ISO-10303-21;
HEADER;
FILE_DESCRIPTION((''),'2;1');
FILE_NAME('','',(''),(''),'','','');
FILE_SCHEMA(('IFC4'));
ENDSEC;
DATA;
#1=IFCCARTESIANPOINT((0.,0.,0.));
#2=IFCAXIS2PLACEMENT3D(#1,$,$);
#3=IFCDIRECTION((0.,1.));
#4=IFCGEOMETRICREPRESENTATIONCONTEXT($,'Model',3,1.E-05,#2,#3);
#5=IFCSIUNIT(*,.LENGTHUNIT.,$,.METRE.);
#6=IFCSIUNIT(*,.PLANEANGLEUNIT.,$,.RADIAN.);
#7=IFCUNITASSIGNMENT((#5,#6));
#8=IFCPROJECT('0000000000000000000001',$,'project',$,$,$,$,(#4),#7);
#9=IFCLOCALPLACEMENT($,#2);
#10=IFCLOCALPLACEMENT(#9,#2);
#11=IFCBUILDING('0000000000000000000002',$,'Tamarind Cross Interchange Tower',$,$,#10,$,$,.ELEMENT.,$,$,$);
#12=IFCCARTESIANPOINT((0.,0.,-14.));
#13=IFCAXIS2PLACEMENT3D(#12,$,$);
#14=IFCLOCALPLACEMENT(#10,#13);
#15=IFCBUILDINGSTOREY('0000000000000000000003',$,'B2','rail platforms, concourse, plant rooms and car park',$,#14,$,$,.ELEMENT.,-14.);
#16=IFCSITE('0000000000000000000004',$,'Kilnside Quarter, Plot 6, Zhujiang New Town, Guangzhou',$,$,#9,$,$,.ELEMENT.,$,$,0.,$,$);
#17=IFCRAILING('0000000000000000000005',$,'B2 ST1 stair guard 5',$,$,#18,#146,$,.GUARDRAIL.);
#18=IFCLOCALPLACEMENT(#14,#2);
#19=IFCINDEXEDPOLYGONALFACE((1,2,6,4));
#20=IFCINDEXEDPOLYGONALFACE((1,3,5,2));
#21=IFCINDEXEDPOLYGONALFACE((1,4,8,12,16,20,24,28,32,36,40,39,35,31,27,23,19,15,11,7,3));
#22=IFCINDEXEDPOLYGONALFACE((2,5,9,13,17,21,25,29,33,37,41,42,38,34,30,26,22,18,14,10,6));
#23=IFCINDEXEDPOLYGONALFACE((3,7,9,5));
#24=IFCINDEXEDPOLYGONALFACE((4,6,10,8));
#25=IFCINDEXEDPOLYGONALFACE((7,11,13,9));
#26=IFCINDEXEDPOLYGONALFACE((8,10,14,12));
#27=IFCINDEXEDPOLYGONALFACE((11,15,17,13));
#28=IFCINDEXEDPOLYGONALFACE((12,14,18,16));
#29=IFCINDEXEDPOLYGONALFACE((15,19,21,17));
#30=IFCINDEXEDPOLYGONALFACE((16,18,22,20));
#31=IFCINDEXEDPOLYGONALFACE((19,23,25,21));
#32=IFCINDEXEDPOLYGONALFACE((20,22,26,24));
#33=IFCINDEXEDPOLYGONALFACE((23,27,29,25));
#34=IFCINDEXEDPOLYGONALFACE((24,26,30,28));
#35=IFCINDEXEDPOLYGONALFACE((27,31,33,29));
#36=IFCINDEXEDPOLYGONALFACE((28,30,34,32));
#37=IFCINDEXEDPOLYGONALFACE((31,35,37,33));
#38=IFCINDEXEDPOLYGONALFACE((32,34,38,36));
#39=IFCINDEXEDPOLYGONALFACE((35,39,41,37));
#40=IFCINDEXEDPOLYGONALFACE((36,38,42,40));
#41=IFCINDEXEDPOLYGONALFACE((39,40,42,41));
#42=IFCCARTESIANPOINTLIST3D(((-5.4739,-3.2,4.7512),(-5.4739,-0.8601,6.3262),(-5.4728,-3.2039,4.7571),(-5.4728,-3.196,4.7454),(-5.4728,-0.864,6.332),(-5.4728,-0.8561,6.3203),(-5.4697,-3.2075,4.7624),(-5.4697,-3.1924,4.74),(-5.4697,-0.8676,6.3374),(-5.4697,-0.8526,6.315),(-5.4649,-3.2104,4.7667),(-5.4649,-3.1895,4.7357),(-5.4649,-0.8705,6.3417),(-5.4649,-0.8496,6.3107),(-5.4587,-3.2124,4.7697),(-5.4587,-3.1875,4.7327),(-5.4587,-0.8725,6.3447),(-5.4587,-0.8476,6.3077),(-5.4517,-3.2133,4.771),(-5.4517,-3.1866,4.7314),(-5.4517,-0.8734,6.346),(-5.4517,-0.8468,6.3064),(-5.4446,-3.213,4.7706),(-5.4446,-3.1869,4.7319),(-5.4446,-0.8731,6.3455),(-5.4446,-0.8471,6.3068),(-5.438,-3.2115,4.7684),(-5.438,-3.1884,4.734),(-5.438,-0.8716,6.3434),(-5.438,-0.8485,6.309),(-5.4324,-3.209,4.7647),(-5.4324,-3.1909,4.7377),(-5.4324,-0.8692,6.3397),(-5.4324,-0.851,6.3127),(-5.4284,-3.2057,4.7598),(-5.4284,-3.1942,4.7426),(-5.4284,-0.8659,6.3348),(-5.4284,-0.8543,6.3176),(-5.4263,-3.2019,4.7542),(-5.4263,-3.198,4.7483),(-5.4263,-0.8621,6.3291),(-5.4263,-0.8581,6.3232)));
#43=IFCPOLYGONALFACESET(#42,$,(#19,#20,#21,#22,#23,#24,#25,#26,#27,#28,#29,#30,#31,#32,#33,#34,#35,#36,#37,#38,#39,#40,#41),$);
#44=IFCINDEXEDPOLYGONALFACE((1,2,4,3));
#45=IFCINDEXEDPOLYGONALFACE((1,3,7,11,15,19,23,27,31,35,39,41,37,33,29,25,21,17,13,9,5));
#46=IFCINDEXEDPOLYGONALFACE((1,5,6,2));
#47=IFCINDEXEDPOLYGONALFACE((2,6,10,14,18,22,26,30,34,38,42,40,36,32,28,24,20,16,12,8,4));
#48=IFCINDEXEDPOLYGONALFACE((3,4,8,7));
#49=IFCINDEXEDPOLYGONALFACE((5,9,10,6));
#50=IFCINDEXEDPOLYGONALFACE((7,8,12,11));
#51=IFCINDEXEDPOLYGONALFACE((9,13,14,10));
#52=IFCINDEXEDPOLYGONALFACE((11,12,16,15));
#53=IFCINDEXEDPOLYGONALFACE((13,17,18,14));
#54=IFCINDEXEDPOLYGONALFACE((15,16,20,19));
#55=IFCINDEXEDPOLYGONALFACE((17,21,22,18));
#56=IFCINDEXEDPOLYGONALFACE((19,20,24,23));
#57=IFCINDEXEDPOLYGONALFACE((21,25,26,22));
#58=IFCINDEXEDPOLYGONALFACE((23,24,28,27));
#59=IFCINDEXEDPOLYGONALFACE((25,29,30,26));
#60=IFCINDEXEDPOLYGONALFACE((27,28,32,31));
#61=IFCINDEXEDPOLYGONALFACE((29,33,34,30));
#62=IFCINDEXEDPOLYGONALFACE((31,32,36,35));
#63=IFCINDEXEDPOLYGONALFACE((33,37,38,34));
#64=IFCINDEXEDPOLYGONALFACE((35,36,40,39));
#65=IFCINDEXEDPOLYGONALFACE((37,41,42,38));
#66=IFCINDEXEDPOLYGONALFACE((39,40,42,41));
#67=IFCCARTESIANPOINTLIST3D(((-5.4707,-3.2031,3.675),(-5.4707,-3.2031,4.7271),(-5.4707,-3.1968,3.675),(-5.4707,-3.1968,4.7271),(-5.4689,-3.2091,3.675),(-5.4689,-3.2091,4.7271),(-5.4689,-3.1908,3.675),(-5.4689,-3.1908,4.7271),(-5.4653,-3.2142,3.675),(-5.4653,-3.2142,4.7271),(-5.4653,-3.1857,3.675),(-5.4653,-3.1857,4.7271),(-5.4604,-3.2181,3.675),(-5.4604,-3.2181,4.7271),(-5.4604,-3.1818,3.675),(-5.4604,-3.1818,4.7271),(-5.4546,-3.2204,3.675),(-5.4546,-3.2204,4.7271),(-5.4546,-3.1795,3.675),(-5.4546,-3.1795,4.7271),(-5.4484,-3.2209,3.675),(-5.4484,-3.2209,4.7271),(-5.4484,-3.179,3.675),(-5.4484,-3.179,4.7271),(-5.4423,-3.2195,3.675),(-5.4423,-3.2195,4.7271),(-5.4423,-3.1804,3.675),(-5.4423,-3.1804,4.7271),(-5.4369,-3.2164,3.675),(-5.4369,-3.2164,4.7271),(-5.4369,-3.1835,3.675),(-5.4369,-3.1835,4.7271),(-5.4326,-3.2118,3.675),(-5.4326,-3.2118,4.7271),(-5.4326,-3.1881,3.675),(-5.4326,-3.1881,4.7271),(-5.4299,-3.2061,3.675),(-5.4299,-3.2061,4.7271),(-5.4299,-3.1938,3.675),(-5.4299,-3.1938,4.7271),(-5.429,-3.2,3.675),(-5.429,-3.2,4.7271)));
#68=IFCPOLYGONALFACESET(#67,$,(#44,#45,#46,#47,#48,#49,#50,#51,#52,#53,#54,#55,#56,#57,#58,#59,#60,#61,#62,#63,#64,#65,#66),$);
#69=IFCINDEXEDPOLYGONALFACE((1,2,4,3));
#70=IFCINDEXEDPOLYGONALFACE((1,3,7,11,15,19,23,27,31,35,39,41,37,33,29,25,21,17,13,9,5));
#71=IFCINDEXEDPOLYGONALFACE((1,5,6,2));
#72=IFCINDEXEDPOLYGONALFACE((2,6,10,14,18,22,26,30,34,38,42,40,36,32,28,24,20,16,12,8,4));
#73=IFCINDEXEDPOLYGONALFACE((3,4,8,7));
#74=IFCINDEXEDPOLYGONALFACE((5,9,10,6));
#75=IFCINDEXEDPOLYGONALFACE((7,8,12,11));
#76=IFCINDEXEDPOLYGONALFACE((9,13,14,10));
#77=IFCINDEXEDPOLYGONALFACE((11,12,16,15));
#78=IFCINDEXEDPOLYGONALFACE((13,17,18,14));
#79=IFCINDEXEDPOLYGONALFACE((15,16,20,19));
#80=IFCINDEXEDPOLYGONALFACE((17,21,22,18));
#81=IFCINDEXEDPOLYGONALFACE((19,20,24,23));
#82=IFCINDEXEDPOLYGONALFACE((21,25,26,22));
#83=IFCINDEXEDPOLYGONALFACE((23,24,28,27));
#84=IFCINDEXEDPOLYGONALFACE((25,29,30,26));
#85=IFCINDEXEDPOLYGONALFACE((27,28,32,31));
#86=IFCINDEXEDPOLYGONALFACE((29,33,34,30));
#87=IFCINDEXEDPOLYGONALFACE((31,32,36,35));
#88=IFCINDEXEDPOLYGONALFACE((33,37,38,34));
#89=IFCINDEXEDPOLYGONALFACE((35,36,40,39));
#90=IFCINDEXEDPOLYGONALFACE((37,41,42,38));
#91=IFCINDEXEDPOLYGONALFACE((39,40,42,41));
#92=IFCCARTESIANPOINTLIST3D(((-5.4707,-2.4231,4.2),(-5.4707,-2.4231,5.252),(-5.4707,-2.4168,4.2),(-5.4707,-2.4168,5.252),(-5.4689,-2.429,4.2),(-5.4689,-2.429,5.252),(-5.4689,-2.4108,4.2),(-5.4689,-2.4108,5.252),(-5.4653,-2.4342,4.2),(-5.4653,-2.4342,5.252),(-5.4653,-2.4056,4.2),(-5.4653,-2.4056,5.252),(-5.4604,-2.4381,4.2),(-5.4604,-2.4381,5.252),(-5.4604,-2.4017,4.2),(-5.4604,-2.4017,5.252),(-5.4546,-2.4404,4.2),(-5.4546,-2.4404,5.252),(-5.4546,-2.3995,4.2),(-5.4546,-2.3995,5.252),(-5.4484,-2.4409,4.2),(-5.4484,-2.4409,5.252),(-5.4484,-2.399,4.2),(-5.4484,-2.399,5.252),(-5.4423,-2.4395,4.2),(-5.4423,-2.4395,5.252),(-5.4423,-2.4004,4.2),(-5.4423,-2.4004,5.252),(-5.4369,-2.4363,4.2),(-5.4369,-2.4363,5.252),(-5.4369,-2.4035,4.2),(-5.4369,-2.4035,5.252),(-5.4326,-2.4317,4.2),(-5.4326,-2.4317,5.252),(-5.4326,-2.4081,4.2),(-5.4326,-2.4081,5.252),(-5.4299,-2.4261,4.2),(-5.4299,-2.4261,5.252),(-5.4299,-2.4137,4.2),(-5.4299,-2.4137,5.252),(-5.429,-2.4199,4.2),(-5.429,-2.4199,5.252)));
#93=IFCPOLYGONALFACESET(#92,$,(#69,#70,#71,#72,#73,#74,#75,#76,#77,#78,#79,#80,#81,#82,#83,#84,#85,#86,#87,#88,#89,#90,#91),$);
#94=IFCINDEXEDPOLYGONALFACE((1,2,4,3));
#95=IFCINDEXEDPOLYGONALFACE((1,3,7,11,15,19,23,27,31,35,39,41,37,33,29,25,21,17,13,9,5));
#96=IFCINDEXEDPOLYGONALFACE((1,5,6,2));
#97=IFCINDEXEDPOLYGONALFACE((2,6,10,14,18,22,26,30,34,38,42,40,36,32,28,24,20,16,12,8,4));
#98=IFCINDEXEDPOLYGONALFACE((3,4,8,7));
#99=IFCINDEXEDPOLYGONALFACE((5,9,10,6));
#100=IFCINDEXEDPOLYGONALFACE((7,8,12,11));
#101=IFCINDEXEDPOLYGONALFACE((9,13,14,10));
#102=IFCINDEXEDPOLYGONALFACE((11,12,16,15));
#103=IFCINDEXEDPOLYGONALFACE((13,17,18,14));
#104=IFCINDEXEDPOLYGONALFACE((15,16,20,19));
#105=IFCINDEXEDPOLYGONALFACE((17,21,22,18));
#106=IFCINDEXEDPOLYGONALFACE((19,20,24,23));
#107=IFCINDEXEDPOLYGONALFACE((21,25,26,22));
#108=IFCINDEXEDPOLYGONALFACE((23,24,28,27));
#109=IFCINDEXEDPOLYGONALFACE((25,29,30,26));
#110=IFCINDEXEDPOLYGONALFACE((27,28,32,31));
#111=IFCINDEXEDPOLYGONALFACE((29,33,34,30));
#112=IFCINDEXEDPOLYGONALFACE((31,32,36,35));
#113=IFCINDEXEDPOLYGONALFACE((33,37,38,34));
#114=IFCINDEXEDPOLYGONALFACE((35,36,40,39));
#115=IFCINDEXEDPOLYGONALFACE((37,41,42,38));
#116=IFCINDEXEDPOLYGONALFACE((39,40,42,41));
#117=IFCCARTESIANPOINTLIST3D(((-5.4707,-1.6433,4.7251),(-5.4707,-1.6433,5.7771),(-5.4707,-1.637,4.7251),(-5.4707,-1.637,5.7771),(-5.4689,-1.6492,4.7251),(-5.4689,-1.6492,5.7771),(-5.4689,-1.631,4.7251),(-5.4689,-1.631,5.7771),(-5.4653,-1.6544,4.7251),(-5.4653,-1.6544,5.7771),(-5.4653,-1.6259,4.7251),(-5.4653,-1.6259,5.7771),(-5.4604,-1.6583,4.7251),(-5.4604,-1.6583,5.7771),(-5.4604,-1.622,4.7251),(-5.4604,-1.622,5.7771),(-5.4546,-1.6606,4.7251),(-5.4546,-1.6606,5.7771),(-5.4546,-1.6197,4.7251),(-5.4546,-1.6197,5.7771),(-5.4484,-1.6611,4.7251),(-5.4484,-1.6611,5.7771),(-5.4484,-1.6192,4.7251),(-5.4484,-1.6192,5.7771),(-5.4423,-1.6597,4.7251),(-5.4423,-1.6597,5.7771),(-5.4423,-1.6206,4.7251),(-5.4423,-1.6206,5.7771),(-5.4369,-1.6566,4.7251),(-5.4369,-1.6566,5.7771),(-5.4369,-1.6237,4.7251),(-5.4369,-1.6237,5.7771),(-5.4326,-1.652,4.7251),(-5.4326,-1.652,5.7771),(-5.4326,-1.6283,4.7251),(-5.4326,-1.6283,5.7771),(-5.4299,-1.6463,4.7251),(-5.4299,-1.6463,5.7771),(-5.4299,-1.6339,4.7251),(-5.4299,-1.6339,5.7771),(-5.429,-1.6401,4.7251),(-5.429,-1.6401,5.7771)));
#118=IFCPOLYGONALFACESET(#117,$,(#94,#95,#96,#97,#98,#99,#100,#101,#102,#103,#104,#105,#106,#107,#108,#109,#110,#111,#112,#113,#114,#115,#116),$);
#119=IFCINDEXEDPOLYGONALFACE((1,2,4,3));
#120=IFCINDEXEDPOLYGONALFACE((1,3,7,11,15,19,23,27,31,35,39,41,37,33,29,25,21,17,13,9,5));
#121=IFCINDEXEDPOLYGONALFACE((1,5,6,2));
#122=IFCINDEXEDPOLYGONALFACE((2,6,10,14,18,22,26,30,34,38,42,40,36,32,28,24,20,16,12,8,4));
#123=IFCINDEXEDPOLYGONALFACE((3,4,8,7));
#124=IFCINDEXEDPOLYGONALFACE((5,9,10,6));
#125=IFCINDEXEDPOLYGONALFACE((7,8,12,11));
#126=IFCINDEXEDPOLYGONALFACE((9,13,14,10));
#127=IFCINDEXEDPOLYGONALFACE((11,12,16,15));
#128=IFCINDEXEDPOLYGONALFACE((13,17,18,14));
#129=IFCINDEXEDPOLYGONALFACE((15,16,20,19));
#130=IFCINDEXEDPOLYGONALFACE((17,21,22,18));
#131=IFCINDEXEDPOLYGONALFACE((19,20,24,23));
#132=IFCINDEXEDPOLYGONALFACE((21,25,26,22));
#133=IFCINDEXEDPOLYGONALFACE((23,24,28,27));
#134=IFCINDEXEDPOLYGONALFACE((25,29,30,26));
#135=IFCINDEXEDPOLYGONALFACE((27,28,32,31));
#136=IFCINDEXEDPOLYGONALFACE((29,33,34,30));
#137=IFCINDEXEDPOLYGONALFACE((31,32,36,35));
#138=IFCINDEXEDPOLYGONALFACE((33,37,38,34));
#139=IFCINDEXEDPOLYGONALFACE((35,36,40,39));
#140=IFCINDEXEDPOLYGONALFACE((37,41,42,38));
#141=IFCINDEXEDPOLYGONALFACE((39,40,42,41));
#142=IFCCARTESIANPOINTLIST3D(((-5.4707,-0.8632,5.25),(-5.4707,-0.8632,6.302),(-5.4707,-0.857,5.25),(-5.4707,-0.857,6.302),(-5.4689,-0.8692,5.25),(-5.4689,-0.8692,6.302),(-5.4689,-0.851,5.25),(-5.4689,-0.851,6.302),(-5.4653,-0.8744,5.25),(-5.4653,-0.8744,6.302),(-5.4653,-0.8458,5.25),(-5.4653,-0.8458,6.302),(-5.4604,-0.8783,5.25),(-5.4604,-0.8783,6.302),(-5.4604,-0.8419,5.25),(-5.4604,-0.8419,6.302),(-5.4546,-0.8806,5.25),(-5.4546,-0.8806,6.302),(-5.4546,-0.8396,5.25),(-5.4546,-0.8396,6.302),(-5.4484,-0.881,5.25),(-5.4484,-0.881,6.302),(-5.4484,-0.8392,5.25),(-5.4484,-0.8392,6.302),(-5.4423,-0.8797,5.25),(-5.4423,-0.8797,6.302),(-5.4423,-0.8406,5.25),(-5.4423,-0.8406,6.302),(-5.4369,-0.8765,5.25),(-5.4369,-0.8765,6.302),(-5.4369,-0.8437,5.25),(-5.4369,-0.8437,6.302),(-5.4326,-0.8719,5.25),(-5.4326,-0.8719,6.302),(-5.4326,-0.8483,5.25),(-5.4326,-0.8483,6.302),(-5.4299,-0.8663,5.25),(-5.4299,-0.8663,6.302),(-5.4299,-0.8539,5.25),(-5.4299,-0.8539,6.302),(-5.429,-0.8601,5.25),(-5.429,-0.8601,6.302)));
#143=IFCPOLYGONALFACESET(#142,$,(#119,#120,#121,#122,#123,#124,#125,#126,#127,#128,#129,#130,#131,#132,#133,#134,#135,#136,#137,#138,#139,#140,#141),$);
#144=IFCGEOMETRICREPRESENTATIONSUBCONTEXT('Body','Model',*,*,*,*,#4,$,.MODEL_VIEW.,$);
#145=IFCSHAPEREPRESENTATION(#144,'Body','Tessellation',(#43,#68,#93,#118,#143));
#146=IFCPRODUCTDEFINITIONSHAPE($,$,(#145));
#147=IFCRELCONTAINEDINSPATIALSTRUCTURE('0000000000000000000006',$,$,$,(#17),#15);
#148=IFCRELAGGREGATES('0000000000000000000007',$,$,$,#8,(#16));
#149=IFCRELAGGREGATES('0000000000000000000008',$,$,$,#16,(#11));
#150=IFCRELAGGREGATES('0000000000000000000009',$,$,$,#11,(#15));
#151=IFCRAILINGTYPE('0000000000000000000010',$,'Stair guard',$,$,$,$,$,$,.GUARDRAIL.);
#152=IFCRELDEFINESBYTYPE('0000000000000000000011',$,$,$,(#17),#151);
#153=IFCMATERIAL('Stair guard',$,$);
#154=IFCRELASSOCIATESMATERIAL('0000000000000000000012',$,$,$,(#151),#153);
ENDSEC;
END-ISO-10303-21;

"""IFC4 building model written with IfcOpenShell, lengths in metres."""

from ifc_helpers import new_model, si_unit, direction, frame, origin, origin_2d, place, context, subcontext, project, spatial, circle, extrude, material, type_object, element, save


model = new_model("IFC4")

# Units and contexts
model_context = context("Model", 3, precision=1e-05, world=origin(), true_north=direction((0.0, 1.0)))
body_context = subcontext(model_context, "Body", "Model", "MODEL_VIEW")
ifc_project = project(units=[si_unit("LENGTHUNIT", "METRE"), si_unit("PLANEANGLEUNIT", "RADIAN")], contexts=[model_context])

# Site, building, storey
site_placement = place(None, origin())
site = spatial("IfcSite", under=ifc_project, at=site_placement, Name="Kilnside Quarter, Plot 6, Zhujiang New Town, Guangzhou", CompositionType="ELEMENT", RefElevation=0.0)
building_placement = place(site_placement, origin())
building = spatial("IfcBuilding", under=site, at=building_placement, Name="Tamarind Cross Interchange Tower", CompositionType="ELEMENT")
storey_placement = place(building_placement, frame((0.0, 0.0, -14.0)))
storey = spatial("IfcBuildingStorey", under=building, at=storey_placement, Name="B2", Description="rail platforms, concourse, plant rooms and car park", CompositionType="ELEMENT", Elevation=-14.0)

# Railing
ifc_material_1 = material(Name="Stair guard")
railing_type_1 = type_object("IfcRailingType", Name="Stair guard", PredefinedType="GUARDRAIL", material=ifc_material_1)
railing_1_placement = place(storey_placement, frame((-5.45, -3.2, 3.675)))
element("IfcRailing", 1, at=railing_1_placement, inside=storey, type_object=railing_type_1, Name="B2 ST1 stair guard 5", PredefinedType="GUARDRAIL", context=body_context, shape_type="SweptSolid", body=[
    extrude(circle(Radius=0.0239, at=origin_2d()), frame((0.0, 0.0, 1.0762), z_axis=(0.0, 0.829578, 0.55839), x_axis=(-1.0, 0.0, 0.0)), (0.0, 0.0, 1.0), 2.8206),
    extrude(circle(Radius=0.021, at=origin_2d()), origin(), (0.0, 0.0, 1.0), 1.052),
    extrude(circle(Radius=0.021, at=origin_2d()), frame((0.0, 0.78, 0.5249)), (0.0, 0.0, 1.0), 1.052),
    extrude(circle(Radius=0.021, at=origin_2d()), frame((0.0, 1.5598, 1.05)), (0.0, 0.0, 1.0), 1.052),
    extrude(circle(Radius=0.021, at=origin_2d()), frame((0.0, 2.3398, 1.575)), (0.0, 0.0, 1.0), 1.052),
])

save(model, "model.ifc")
